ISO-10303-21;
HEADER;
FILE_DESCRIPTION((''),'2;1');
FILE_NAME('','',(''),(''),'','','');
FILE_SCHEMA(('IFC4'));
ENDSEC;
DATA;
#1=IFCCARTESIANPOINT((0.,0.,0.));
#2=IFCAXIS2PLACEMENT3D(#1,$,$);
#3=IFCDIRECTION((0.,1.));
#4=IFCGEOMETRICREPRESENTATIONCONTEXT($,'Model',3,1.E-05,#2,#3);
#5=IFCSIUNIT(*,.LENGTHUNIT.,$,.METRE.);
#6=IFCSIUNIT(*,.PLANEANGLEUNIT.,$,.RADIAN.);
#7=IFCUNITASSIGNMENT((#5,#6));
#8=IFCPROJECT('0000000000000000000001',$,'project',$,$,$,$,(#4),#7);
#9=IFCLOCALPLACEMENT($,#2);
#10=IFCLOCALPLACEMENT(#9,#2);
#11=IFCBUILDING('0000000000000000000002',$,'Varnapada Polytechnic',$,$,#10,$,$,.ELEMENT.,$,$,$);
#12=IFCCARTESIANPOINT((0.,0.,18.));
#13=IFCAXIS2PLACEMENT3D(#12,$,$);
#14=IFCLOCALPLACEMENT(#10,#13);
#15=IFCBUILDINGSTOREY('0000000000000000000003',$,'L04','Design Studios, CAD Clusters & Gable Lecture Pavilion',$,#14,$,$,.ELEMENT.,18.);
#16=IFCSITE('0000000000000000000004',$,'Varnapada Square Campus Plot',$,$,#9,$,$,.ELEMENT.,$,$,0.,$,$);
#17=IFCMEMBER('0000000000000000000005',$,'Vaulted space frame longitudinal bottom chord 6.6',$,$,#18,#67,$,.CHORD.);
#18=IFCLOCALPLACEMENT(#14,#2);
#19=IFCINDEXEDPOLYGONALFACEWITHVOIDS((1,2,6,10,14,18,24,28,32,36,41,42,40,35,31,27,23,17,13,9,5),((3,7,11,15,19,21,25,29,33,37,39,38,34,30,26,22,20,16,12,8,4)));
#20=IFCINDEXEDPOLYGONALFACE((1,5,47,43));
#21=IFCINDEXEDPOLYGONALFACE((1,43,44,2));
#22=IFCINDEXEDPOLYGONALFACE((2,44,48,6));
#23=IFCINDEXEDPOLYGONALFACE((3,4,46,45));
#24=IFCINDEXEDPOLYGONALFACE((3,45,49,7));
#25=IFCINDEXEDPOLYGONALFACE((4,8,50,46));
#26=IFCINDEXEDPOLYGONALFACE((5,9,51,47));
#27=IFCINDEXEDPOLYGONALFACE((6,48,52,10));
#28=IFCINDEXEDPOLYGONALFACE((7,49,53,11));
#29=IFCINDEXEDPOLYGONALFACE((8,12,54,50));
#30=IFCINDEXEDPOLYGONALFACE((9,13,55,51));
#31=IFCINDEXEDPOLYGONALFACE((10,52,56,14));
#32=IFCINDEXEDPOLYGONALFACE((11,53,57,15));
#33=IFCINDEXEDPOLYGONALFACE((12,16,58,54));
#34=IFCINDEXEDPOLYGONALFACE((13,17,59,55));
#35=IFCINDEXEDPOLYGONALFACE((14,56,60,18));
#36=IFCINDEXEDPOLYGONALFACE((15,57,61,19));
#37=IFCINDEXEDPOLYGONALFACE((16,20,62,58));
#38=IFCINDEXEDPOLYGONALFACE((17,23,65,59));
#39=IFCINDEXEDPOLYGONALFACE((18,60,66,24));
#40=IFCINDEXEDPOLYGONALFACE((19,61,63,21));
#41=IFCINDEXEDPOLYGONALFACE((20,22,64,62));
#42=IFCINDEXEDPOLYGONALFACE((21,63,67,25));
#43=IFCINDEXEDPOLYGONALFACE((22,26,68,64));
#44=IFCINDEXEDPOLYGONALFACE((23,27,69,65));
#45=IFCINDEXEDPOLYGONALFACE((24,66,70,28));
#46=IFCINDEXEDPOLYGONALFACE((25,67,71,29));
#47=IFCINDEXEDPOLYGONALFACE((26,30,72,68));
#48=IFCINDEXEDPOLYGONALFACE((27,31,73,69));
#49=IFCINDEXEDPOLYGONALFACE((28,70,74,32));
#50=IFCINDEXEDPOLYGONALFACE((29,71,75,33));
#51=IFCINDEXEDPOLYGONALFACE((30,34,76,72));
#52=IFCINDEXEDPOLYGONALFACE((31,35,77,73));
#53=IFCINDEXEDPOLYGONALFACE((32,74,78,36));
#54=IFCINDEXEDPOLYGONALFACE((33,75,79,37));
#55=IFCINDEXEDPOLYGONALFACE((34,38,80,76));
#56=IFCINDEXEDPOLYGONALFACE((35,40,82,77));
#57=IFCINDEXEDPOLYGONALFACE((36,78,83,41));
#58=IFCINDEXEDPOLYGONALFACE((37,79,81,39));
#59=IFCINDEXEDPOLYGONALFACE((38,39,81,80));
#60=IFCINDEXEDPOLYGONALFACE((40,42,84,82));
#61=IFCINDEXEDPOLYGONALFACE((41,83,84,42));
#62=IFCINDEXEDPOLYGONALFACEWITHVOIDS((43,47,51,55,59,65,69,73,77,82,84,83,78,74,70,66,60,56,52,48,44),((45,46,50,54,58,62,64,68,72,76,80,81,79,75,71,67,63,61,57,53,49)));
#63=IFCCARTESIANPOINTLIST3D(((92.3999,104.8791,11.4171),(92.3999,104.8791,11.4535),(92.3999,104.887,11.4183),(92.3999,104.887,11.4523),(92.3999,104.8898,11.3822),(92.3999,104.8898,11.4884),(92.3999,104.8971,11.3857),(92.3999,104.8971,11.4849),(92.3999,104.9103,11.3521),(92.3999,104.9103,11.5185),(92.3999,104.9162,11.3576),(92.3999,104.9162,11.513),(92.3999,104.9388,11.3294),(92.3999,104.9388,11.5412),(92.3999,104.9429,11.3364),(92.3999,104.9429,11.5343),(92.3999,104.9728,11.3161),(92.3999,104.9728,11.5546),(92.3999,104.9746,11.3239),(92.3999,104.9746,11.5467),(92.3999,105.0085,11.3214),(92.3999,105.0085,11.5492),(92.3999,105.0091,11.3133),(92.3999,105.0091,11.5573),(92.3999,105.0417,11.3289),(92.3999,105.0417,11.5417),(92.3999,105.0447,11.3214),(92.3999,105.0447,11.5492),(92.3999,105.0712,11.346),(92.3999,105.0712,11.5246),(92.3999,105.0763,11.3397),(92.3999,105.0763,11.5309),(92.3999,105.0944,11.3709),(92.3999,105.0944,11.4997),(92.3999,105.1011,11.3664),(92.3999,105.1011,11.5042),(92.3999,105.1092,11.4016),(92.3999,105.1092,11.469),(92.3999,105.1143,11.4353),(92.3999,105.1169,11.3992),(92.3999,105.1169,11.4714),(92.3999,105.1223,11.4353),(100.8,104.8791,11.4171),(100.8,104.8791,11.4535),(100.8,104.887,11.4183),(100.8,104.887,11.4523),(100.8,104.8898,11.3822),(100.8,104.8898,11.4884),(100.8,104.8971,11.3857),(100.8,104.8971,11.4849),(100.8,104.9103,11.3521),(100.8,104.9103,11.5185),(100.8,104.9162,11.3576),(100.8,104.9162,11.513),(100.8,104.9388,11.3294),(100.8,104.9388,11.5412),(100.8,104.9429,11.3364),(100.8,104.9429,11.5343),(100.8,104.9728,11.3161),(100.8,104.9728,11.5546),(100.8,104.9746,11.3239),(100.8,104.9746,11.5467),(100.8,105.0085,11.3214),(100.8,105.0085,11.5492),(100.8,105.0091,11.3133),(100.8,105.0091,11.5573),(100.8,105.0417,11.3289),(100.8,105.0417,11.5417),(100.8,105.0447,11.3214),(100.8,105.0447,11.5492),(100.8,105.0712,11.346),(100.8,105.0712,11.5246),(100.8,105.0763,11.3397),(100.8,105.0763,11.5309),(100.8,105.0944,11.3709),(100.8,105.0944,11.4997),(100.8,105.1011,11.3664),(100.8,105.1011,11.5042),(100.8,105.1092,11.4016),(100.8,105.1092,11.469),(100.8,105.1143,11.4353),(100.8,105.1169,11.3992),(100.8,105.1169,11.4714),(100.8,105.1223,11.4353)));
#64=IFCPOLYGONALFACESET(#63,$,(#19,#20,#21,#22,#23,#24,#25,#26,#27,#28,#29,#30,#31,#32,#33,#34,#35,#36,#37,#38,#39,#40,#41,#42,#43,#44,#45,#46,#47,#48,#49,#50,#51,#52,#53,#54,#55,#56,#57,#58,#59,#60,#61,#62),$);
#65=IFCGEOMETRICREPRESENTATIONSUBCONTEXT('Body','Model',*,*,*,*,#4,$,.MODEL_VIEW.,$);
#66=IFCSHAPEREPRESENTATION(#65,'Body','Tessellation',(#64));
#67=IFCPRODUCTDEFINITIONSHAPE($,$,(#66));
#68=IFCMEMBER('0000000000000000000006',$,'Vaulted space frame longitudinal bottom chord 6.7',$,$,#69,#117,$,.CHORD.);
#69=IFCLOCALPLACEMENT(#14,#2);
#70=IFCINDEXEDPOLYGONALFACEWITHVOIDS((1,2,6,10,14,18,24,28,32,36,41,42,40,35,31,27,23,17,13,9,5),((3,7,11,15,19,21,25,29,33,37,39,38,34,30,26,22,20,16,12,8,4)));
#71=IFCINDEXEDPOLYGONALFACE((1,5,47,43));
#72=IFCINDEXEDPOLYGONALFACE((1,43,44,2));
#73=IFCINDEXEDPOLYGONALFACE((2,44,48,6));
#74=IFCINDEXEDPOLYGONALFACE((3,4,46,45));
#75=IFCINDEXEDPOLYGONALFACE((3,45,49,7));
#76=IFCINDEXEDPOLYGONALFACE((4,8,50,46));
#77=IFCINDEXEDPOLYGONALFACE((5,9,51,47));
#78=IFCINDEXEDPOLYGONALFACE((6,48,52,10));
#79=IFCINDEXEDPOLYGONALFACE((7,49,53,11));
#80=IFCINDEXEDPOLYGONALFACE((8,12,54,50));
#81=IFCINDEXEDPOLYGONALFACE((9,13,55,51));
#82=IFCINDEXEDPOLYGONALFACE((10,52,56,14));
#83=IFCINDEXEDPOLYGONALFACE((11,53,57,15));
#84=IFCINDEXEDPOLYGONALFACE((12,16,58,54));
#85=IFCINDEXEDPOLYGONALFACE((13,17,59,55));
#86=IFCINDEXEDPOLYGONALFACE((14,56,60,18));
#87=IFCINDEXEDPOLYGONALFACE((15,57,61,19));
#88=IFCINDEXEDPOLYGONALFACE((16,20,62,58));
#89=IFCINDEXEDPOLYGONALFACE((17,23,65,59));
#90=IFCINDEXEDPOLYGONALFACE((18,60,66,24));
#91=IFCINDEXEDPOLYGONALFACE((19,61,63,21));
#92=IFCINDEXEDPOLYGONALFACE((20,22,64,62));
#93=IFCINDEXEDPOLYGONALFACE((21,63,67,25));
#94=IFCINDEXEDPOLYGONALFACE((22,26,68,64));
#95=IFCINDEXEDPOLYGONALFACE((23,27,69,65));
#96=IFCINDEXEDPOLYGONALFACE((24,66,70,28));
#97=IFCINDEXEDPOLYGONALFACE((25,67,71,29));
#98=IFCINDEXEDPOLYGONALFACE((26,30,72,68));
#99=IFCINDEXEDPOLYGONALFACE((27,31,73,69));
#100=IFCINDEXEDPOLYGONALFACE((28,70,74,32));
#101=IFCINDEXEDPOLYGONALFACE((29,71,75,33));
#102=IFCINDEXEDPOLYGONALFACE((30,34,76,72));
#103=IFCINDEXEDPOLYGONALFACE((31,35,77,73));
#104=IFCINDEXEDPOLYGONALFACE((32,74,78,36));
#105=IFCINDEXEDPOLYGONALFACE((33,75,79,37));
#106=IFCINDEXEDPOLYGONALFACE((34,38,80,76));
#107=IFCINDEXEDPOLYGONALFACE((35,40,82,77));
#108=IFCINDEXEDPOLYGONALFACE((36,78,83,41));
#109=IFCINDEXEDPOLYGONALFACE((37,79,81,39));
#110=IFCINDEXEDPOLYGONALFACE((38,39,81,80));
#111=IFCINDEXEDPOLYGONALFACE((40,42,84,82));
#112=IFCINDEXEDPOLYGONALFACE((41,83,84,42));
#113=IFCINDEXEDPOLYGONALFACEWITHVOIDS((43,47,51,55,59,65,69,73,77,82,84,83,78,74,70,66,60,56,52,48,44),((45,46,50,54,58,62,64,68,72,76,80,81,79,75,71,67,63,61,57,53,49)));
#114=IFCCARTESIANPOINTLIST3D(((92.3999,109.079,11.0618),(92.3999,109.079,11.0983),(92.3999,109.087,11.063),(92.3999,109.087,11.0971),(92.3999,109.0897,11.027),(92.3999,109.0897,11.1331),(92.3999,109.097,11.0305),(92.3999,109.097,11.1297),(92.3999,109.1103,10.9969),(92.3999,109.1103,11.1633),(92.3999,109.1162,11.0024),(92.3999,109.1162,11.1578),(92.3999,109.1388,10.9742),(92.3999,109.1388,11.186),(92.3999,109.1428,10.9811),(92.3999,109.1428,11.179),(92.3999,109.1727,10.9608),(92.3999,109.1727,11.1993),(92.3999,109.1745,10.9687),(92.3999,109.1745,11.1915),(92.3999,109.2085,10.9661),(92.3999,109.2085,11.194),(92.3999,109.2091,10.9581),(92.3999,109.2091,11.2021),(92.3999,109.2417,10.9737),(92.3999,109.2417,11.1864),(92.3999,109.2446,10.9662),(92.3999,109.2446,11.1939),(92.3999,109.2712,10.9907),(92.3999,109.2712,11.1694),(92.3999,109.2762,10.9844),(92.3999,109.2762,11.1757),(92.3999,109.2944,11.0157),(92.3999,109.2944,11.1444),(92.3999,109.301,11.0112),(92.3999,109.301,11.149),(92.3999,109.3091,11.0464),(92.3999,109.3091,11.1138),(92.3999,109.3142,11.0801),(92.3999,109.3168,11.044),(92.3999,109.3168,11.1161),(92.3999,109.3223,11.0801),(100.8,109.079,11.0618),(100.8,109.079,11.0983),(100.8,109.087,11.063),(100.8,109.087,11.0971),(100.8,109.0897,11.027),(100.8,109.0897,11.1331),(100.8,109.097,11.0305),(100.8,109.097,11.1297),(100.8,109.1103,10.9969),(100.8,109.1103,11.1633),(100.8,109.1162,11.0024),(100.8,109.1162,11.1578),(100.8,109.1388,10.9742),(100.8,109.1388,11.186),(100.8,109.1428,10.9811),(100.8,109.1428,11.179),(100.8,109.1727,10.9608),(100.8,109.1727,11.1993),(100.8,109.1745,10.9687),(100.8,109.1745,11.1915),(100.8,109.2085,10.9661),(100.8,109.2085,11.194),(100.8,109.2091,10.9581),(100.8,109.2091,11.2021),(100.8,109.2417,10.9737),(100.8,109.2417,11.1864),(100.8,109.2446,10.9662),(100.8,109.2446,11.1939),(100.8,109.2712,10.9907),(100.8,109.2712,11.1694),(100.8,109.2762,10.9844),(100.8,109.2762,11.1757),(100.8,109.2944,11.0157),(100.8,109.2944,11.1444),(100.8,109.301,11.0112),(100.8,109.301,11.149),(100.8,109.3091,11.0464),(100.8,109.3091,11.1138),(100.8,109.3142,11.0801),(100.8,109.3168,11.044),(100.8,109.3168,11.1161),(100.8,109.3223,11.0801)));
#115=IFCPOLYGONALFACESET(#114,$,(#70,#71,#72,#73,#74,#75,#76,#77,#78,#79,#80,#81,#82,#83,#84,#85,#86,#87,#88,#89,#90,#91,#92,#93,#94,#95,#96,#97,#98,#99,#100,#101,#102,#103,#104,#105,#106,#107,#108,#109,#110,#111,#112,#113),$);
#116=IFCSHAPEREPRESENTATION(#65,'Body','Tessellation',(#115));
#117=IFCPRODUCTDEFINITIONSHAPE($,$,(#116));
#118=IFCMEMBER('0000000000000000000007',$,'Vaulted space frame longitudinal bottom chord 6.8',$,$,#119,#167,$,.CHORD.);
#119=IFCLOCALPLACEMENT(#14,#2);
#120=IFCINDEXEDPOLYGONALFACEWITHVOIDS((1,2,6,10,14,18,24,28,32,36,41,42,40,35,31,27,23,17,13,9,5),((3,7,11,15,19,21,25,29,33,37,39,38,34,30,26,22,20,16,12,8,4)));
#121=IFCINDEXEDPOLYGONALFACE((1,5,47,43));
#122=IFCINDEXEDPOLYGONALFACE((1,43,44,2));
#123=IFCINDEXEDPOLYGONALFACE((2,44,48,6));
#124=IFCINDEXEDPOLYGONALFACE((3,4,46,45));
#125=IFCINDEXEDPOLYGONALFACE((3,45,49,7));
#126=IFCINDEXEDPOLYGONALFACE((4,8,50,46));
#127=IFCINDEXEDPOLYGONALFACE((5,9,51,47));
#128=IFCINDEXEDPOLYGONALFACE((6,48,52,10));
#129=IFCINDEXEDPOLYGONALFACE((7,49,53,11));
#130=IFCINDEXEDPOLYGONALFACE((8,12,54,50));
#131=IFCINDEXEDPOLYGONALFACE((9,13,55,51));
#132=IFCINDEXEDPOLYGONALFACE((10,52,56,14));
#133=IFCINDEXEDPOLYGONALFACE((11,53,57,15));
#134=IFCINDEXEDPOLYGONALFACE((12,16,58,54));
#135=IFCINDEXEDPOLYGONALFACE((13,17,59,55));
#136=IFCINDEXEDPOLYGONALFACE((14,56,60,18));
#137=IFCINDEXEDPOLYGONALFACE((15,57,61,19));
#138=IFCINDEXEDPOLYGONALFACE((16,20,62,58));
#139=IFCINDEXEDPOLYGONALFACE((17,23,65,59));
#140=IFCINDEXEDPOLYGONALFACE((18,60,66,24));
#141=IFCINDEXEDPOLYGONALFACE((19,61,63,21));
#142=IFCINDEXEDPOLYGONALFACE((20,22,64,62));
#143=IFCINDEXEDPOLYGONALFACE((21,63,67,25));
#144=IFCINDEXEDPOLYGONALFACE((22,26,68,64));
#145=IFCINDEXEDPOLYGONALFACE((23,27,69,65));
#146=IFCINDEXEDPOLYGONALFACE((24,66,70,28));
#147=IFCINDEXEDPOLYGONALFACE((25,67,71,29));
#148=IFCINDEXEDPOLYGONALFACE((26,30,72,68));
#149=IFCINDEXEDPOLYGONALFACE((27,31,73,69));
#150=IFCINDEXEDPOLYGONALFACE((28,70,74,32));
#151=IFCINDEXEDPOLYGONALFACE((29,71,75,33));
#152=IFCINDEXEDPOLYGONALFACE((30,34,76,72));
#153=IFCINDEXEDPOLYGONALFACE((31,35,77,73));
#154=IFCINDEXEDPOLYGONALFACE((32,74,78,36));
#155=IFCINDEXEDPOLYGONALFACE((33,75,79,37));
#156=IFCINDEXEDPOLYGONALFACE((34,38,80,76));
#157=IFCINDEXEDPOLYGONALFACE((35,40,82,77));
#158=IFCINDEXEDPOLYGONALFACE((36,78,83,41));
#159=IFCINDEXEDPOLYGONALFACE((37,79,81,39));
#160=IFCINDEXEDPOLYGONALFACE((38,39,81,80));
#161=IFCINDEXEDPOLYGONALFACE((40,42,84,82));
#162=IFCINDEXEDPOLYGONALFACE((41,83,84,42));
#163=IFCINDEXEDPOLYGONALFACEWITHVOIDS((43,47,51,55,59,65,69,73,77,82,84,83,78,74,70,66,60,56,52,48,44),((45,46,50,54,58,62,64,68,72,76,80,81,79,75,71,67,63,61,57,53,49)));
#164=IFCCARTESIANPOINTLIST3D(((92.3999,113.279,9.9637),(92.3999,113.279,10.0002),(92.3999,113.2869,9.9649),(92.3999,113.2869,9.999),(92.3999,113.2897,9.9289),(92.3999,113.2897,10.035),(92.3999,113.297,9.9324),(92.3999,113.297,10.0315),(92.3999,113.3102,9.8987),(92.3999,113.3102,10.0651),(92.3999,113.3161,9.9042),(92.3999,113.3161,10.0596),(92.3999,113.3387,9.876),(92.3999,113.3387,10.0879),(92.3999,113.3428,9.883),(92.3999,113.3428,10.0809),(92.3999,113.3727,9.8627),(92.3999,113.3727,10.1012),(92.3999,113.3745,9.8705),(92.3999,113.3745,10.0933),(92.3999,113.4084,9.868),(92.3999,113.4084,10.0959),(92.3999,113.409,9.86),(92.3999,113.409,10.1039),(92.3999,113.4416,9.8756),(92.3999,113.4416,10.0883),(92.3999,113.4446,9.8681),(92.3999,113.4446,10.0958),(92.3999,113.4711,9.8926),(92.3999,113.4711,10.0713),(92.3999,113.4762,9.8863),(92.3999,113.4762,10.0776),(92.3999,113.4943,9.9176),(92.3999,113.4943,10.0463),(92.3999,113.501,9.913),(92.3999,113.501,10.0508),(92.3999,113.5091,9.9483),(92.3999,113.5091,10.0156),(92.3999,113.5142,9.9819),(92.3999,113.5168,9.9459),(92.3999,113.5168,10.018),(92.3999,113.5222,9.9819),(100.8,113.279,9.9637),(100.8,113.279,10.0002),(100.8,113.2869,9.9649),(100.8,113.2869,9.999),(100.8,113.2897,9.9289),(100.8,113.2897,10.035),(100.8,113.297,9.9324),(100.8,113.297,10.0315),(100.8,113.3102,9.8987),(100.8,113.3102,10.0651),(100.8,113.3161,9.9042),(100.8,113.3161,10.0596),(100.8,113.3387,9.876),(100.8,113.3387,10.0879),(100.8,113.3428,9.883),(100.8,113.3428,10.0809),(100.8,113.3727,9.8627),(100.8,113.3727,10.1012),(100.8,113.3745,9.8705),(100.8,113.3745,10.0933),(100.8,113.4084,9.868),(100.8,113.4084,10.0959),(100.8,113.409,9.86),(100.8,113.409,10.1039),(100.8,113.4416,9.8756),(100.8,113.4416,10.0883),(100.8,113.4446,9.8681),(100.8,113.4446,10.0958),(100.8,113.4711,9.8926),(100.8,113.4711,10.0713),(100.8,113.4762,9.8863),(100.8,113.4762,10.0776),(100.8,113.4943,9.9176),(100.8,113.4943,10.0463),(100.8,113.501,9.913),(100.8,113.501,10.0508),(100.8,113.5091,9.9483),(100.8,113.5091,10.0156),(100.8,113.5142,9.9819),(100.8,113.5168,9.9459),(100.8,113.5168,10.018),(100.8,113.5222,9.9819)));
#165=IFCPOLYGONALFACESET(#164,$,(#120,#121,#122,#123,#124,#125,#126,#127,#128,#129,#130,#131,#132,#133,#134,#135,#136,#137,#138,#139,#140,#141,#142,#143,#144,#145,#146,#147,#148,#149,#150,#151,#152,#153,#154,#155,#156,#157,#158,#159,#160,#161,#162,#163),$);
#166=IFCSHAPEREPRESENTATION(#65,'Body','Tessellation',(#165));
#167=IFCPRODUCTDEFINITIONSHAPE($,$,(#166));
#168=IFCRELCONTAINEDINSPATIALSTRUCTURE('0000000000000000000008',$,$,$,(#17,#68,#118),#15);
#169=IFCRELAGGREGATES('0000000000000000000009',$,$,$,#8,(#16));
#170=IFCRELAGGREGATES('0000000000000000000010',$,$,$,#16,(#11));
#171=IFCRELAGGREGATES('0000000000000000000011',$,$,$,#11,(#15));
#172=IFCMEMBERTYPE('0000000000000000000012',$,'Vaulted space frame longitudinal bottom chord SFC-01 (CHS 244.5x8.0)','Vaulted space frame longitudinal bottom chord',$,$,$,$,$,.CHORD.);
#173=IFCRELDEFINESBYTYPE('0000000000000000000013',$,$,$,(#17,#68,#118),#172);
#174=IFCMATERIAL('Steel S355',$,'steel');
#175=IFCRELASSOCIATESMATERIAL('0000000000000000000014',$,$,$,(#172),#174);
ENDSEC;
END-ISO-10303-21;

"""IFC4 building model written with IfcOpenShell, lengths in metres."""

from ifc_helpers import new_model, si_unit, direction, frame, origin, origin_2d, place, context, subcontext, project, spatial, hollow_circle, extrude, material, material_profile, profile_set, type_object, element, save


model = new_model("IFC4")

# Units and contexts
model_context = context("Model", 3, precision=1e-05, world=origin(), true_north=direction((0.0, 1.0)))
body_context = subcontext(model_context, "Body", "Model", "MODEL_VIEW")
ifc_project = project(units=[si_unit("LENGTHUNIT", "METRE"), si_unit("PLANEANGLEUNIT", "RADIAN")], contexts=[model_context])

# Site, building, storey
site_placement = place(None, origin())
site = spatial("IfcSite", under=ifc_project, at=site_placement, Name="Varnapada Square Campus Plot", CompositionType="ELEMENT", RefElevation=0.0)
building_placement = place(site_placement, origin())
building = spatial("IfcBuilding", under=site, at=building_placement, Name="Varnapada Polytechnic", CompositionType="ELEMENT")
storey_placement = place(building_placement, frame((0.0, 0.0, 18.0)))
storey = spatial("IfcBuildingStorey", under=building, at=storey_placement, Name="L04", Description="Design Studios, CAD Clusters & Gable Lecture Pavilion", CompositionType="ELEMENT", Elevation=18.0)

# Members
ifc_material = material(Name="Steel S355", Category="steel")
ifc_material_profile_1 = material_profile(ifc_material, hollow_circle(Radius=0.1223, WallThickness=0.0081, at=origin_2d()), Name="CHS 244.5x8.0")
ifc_profile_set_1 = profile_set([ifc_material_profile_1], Name="Steel S355")
member_type_1 = type_object("IfcMemberType", Name="Vaulted space frame longitudinal bottom chord SFC-01 (CHS 244.5x8.0)", Description="Vaulted space frame longitudinal bottom chord", PredefinedType="CHORD", material=ifc_profile_set_1)
for number, where, z_axis, x_axis, name in (
    (1, (92.3999, 105.0, 11.4353), (1.0, 0.0, 0.0), (0.0, 1.0, 0.0), "Vaulted space frame longitudinal bottom chord 6.6"),
    (2, (92.3999, 109.2, 11.0801), (1.0, 0.0, 0.0), (0.0, 1.0, 0.0), "Vaulted space frame longitudinal bottom chord 6.7"),
    (3, (92.3999, 113.3999, 9.9819), (1.0, 0.0, 0.0), (0.0, 1.0, 0.0), "Vaulted space frame longitudinal bottom chord 6.8"),
):
    element("IfcMember", number, at=place(storey_placement, frame(where, z_axis=z_axis, x_axis=x_axis)), inside=storey, type_object=member_type_1, Name=name, PredefinedType="CHORD", context=body_context, shape_type="SweptSolid", body=[
        extrude(hollow_circle(Radius=0.1223, WallThickness=0.0081, at=origin_2d()), origin(), (0.0, 0.0, 1.0), 8.4001),
    ])

save(model, "model.ifc")
